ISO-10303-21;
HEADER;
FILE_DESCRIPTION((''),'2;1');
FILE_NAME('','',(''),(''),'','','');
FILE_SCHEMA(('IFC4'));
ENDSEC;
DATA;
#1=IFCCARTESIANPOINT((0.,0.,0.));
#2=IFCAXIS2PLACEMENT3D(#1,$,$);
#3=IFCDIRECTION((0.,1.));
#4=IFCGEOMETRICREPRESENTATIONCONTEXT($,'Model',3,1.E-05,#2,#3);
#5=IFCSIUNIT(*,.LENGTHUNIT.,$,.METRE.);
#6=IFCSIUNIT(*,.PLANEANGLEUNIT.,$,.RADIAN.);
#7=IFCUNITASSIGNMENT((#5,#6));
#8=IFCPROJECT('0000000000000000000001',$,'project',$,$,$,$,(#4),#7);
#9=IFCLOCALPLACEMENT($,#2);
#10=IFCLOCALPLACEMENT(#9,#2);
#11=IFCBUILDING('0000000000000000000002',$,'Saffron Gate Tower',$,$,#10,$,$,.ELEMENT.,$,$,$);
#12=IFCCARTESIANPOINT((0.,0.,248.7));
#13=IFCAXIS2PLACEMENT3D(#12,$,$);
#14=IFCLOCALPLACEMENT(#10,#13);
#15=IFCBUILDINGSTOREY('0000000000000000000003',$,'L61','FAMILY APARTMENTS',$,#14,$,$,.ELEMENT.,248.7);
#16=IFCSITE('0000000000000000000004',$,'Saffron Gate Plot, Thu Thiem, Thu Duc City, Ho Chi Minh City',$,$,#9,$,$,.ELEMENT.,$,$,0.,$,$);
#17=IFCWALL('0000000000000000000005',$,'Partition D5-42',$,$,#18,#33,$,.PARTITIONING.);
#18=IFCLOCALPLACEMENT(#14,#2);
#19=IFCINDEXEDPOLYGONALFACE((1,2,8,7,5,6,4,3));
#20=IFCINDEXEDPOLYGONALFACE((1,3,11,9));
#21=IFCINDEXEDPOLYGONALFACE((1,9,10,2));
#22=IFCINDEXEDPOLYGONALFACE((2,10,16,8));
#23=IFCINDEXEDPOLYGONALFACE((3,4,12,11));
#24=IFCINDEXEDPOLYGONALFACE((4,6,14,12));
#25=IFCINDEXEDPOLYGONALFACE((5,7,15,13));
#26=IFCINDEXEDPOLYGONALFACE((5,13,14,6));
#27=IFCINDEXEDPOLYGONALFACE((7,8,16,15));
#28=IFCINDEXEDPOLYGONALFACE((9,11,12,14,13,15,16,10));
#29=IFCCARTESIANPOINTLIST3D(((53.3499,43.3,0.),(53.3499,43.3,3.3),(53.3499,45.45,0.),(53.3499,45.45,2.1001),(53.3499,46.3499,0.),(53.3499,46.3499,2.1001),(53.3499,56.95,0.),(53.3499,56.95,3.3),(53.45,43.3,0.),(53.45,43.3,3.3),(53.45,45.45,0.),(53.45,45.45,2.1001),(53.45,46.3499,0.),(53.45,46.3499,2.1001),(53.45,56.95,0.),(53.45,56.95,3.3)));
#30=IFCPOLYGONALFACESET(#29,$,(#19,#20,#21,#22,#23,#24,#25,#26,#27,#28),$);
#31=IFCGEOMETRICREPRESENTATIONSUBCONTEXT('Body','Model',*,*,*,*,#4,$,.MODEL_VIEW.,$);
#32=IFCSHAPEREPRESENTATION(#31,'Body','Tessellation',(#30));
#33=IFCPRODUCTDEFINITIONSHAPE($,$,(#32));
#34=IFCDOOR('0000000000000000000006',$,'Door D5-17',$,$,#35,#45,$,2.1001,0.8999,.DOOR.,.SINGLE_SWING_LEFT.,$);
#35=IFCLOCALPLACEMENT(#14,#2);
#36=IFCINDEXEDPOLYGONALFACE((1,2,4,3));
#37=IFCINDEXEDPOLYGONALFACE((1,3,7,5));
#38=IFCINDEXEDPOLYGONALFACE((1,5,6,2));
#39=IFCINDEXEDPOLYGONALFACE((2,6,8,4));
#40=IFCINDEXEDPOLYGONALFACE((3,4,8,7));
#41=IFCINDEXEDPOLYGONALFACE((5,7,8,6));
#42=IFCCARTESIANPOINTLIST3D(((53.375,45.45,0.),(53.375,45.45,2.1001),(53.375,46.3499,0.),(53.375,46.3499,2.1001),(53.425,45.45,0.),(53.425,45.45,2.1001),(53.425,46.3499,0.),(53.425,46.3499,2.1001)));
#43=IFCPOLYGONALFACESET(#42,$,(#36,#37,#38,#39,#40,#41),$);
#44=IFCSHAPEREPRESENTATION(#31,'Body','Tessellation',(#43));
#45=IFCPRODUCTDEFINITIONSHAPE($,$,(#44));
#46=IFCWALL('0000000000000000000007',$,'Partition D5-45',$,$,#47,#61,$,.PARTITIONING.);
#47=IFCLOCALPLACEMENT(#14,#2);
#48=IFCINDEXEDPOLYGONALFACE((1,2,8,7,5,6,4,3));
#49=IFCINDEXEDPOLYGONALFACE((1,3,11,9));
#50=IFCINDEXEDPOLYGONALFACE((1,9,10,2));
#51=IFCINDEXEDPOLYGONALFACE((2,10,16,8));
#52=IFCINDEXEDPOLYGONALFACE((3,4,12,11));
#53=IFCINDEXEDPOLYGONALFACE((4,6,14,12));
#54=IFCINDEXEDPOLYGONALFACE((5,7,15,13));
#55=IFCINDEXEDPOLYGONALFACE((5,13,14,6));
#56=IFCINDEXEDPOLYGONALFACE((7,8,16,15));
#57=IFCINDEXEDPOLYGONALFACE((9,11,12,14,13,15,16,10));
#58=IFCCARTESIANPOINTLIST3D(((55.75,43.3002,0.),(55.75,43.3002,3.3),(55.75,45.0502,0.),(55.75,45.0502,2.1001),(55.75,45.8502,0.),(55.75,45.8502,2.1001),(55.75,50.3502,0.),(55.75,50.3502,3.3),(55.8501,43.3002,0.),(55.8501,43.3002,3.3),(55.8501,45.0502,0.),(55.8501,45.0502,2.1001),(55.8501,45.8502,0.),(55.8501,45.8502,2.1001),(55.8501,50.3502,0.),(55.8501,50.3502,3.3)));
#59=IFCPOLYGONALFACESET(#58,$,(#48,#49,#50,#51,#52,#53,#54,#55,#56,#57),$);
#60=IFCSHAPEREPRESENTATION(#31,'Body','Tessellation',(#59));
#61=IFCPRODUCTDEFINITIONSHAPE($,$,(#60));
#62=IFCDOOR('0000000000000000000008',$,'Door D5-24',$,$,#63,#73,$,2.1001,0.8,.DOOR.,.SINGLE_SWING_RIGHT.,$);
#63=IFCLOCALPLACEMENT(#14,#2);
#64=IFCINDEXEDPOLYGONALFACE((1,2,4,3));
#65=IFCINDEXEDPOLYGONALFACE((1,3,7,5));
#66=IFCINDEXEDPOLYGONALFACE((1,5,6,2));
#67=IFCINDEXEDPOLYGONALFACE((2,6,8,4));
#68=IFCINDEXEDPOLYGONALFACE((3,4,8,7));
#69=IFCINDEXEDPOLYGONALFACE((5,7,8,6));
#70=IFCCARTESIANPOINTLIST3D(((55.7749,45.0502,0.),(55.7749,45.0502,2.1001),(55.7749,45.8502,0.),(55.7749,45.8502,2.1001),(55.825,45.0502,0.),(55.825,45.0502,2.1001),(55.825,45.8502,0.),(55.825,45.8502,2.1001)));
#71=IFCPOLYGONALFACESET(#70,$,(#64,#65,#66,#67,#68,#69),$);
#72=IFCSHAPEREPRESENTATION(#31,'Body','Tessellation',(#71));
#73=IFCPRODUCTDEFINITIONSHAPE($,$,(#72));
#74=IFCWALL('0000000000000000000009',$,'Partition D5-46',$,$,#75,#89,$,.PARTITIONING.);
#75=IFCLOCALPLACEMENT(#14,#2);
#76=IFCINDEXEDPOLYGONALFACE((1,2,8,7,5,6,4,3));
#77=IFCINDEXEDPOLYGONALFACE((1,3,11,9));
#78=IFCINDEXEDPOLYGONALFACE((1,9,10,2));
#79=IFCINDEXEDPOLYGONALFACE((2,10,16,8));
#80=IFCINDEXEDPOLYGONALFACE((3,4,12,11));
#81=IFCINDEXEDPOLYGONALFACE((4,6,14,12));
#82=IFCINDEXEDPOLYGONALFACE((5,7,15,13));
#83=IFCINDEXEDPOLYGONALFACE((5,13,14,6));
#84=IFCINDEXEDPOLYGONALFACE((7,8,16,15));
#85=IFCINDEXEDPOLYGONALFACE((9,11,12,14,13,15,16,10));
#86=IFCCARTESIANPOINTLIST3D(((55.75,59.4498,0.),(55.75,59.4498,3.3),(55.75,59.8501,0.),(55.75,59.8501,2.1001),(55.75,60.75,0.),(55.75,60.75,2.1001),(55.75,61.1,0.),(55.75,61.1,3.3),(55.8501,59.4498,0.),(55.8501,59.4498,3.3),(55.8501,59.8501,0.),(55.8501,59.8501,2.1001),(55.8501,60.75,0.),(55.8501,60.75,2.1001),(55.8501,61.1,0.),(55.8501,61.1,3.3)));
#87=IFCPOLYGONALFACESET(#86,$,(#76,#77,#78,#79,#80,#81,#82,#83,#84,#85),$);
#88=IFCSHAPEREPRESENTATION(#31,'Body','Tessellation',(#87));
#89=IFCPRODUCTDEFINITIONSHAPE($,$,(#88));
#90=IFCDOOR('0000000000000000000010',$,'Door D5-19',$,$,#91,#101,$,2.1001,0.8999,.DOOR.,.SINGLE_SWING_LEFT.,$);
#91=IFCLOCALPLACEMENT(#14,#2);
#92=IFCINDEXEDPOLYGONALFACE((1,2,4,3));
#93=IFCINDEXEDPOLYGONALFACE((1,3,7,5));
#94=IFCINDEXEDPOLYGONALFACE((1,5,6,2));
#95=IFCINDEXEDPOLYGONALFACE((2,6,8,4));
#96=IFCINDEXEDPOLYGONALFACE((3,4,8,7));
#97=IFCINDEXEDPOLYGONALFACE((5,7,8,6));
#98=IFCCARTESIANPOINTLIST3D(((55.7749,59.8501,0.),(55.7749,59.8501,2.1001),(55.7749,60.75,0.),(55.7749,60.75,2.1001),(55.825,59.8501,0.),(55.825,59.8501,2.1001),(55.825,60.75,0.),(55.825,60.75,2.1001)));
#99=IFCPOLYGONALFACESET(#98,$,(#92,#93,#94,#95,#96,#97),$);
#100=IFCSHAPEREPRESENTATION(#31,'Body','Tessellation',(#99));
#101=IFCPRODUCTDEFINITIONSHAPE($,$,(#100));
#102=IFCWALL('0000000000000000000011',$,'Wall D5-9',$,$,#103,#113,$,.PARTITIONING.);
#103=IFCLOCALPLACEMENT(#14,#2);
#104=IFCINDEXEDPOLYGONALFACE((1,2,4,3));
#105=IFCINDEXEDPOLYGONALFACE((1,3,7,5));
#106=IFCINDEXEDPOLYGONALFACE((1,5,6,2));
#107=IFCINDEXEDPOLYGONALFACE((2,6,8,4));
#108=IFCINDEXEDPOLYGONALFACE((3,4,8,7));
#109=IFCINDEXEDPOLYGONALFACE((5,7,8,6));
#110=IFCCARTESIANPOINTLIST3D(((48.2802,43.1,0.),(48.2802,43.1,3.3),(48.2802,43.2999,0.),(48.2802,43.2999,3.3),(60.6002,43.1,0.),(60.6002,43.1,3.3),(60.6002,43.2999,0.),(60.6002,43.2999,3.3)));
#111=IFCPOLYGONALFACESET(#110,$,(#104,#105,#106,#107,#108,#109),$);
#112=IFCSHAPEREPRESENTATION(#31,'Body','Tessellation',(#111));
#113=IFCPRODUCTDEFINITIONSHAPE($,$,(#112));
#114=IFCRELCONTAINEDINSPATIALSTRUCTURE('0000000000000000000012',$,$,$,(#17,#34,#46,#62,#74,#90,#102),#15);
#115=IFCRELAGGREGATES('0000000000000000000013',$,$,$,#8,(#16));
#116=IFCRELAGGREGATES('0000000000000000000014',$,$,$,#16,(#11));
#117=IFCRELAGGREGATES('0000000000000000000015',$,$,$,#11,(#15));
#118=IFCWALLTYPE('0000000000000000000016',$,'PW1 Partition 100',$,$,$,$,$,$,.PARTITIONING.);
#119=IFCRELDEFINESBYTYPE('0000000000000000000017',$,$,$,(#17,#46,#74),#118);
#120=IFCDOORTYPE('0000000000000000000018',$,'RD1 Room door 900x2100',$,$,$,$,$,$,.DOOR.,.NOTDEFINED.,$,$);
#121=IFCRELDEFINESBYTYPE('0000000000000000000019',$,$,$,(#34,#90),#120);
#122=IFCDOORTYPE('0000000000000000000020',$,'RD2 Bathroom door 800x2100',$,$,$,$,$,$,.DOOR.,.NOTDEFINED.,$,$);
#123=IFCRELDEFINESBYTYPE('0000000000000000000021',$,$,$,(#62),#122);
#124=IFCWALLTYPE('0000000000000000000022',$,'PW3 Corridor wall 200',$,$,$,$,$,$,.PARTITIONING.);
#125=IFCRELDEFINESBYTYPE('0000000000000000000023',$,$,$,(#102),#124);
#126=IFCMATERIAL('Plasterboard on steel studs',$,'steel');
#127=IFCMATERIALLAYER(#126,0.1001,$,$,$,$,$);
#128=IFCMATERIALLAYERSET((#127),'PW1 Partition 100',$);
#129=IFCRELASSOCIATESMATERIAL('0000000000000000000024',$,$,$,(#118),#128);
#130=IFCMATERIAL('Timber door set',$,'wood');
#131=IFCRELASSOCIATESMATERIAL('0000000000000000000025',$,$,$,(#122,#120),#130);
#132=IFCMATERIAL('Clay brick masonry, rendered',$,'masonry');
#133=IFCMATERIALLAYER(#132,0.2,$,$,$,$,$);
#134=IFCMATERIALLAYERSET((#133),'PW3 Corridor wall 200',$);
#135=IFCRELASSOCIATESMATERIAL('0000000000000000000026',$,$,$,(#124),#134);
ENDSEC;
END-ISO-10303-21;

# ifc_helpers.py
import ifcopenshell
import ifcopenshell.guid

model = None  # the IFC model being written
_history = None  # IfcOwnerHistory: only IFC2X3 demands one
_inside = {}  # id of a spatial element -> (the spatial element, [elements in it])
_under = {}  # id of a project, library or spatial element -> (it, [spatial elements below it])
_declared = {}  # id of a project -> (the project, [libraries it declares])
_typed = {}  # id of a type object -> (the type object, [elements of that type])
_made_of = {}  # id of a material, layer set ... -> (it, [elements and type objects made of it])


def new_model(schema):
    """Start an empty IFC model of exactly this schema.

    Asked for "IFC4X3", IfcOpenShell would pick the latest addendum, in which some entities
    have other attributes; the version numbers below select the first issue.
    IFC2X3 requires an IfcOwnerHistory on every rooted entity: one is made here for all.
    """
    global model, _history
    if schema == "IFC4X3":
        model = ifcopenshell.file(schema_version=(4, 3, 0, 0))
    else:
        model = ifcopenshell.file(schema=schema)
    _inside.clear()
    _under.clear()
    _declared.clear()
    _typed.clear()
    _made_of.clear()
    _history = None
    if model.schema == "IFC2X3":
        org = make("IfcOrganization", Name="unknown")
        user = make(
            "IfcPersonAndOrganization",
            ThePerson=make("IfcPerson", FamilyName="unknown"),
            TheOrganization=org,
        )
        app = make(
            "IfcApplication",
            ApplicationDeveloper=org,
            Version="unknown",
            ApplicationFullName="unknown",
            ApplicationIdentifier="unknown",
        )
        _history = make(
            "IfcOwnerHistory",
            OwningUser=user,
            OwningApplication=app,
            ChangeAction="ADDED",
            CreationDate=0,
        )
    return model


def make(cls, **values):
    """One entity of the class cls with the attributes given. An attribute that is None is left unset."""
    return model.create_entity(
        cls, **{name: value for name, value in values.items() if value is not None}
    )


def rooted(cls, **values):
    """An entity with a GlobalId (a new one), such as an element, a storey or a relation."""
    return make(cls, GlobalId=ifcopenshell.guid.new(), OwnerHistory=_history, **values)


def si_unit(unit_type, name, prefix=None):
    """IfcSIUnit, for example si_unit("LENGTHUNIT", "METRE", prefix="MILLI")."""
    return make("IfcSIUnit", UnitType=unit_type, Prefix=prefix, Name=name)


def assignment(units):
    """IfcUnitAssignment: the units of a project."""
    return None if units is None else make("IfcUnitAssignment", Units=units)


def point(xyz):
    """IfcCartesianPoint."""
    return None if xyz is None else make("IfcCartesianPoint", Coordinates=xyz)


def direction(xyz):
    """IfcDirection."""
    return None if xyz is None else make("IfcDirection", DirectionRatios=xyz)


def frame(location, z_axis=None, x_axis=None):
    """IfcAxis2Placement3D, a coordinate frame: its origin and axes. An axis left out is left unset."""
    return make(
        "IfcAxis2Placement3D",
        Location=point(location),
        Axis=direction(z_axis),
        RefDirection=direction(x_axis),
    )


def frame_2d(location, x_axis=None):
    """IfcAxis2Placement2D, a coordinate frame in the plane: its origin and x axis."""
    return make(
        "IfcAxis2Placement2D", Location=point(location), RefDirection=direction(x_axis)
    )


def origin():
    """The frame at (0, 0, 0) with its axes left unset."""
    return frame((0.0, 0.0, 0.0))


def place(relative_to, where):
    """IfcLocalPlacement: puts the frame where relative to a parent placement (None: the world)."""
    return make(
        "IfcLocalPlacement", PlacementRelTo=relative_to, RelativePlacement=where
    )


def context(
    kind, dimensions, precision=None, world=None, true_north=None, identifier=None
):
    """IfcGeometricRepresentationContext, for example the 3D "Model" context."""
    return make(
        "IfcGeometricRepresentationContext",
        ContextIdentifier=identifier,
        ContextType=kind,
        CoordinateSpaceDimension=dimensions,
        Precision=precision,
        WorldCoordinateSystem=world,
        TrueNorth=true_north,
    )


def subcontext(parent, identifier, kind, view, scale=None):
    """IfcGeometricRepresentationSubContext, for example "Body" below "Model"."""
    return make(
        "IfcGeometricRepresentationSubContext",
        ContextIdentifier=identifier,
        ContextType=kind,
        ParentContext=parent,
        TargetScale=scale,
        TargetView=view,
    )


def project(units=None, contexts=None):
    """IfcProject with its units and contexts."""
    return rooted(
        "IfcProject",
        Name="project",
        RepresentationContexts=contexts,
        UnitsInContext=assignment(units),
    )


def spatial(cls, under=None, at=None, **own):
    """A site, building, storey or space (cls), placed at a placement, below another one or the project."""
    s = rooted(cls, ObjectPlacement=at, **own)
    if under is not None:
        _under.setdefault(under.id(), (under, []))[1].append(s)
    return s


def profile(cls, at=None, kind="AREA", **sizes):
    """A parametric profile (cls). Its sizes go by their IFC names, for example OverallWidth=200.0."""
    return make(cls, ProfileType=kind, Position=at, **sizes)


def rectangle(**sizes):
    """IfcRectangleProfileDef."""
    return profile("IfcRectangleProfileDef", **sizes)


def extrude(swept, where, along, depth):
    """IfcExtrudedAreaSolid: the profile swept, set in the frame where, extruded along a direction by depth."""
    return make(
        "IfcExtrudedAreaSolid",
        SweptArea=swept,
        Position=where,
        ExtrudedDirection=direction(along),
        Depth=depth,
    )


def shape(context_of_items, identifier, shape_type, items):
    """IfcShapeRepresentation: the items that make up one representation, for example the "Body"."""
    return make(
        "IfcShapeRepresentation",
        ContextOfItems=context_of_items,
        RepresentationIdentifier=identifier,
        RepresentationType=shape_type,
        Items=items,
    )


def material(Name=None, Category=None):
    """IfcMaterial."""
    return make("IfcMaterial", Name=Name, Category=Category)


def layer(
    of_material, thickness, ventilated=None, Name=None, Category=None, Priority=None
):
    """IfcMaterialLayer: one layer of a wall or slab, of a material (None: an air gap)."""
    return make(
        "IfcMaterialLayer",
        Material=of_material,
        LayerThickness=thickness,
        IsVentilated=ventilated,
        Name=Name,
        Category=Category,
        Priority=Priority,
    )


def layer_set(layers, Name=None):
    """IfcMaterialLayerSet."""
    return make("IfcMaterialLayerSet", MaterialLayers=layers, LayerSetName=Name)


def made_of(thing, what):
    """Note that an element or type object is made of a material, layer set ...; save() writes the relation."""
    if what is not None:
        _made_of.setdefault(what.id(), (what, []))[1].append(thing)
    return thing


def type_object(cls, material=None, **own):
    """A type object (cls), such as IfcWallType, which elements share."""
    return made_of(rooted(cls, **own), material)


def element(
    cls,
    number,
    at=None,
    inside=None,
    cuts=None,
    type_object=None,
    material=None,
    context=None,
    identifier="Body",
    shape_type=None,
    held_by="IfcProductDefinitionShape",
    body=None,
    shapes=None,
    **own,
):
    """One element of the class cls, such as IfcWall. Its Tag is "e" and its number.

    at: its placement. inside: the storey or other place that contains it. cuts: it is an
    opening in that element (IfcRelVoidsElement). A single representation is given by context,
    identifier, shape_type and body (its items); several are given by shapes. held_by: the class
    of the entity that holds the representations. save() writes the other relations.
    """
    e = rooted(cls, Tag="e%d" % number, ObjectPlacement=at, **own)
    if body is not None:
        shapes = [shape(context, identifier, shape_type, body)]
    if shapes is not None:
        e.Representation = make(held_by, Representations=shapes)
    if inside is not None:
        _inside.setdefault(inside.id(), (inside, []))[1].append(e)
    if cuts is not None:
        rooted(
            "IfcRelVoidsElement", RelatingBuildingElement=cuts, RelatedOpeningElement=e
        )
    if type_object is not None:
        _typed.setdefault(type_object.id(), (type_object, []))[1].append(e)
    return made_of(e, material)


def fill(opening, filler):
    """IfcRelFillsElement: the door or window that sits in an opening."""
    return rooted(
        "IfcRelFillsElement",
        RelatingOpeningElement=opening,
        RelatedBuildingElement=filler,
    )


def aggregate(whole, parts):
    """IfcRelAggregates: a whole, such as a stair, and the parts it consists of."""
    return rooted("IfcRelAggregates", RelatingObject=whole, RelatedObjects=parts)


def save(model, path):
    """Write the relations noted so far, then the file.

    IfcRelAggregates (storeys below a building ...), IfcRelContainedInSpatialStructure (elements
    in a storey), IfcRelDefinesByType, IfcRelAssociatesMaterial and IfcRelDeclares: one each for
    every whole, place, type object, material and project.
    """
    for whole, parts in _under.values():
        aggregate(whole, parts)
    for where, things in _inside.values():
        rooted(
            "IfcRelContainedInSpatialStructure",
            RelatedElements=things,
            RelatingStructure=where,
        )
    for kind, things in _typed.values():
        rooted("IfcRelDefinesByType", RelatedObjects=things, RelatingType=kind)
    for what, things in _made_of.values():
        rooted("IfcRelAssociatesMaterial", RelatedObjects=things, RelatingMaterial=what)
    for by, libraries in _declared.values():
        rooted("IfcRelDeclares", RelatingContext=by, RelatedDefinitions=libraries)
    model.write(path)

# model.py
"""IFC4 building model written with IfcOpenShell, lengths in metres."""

from ifc_helpers import new_model, si_unit, direction, frame, frame_2d, origin, place, context, subcontext, project, spatial, rectangle, extrude, material, layer, layer_set, type_object, element, fill, save


model = new_model("IFC4")

# Units and contexts
model_context = context("Model", 3, precision=1e-05, world=origin(), true_north=direction((0.0, 1.0)))
body_context = subcontext(model_context, "Body", "Model", "MODEL_VIEW")
ifc_project = project(units=[si_unit("LENGTHUNIT", "METRE"), si_unit("PLANEANGLEUNIT", "RADIAN")], contexts=[model_context])

# Site, building, storey
site_placement = place(None, origin())
site = spatial("IfcSite", under=ifc_project, at=site_placement, Name="Saffron Gate Plot, Thu Thiem, Thu Duc City, Ho Chi Minh City", CompositionType="ELEMENT", RefElevation=0.0)
building_placement = place(site_placement, origin())
building = spatial("IfcBuilding", under=site, at=building_placement, Name="Saffron Gate Tower", CompositionType="ELEMENT")
storey_placement = place(building_placement, frame((0.0, 0.0, 248.7)))
storey = spatial("IfcBuildingStorey", under=building, at=storey_placement, Name="L61", Description="FAMILY APARTMENTS", CompositionType="ELEMENT", Elevation=248.7)

# Shared definitions
ifc_material_1 = material(Name="Plasterboard on steel studs", Category="steel")
ifc_layer_1 = layer(ifc_material_1, 0.1001)
ifc_layer_set_1 = layer_set([ifc_layer_1], Name="PW1 Partition 100")
wall_type_1 = type_object("IfcWallType", Name="PW1 Partition 100", PredefinedType="PARTITIONING", material=ifc_layer_set_1)

# Shared definitions
ifc_material_2 = material(Name="Timber door set", Category="wood")
door_type_1 = type_object("IfcDoorType", Name="RD2 Bathroom door 800x2100", OperationType="NOTDEFINED", PredefinedType="DOOR", material=ifc_material_2)
door_type_2 = type_object("IfcDoorType", Name="RD1 Room door 900x2100", OperationType="NOTDEFINED", PredefinedType="DOOR", material=ifc_material_2)

# Walls, openings, doors
wall_1_placement = place(storey_placement, frame((53.3999, 43.3, 0.0), z_axis=(0.0, 0.0, 1.0), x_axis=(0.0, 1.0, 0.0)))
wall_1 = element("IfcWall", 1, at=wall_1_placement, inside=storey, type_object=wall_type_1, Name="Partition D5-42", PredefinedType="PARTITIONING", context=body_context, shape_type="SweptSolid", body=[
    extrude(rectangle(XDim=13.6499, YDim=0.1001, at=frame_2d((6.825, 0.0))), origin(), (0.0, 0.0, 1.0), 3.3),
])
opening_1_placement = place(wall_1_placement, frame((2.1499, 0.0, 0.0)))
opening_1 = element("IfcOpeningElement", 2, at=opening_1_placement, cuts=wall_1, PredefinedType="OPENING", context=body_context, shape_type="SweptSolid", body=[
    extrude(rectangle(XDim=0.8999, YDim=2.1001, at=frame_2d((0.45, 1.05))), frame((0.0, 0.0601, 0.0), z_axis=(0.0, -1.0, 0.0), x_axis=(1.0, 0.0, 0.0)), (0.0, 0.0, 1.0), 0.1201),
])
door_1_placement = place(opening_1_placement, origin())
door_1 = element("IfcDoor", 3, at=door_1_placement, inside=storey, type_object=door_type_2, Name="Door D5-17", OperationType="SINGLE_SWING_LEFT", OverallHeight=2.1001, OverallWidth=0.8999, PredefinedType="DOOR", context=body_context, shape_type="SweptSolid", body=[
    extrude(rectangle(XDim=0.8999, YDim=2.1001, at=frame_2d((0.45, 1.05))), frame((0.0, 0.0249, 0.0), z_axis=(0.0, -1.0, 0.0), x_axis=(1.0, 0.0, 0.0)), (0.0, 0.0, 1.0), 0.05),
])
fill(opening_1, door_1)
wall_2_placement = place(storey_placement, frame((55.8, 50.3501, 0.0), z_axis=(0.0, 0.0, 1.0), x_axis=(0.0, -1.0, 0.0)))
wall_2 = element("IfcWall", 4, at=wall_2_placement, inside=storey, type_object=wall_type_1, Name="Partition D5-45", PredefinedType="PARTITIONING", context=body_context, shape_type="SweptSolid", body=[
    extrude(rectangle(XDim=7.05, YDim=0.1001, at=frame_2d((3.5249, 0.0))), origin(), (0.0, 0.0, 1.0), 3.3),
])
opening_2_placement = place(wall_2_placement, frame((4.5, 0.0, 0.0)))
opening_2 = element("IfcOpeningElement", 5, at=opening_2_placement, cuts=wall_2, PredefinedType="OPENING", context=body_context, shape_type="SweptSolid", body=[
    extrude(rectangle(XDim=0.8, YDim=2.1001, at=frame_2d((0.3999, 1.05))), frame((0.0, 0.0601, 0.0), z_axis=(0.0, -1.0, 0.0), x_axis=(1.0, 0.0, 0.0)), (0.0, 0.0, 1.0), 0.1201),
])
door_2_placement = place(opening_2_placement, origin())
door_2 = element("IfcDoor", 6, at=door_2_placement, inside=storey, type_object=door_type_1, Name="Door D5-24", OperationType="SINGLE_SWING_RIGHT", OverallHeight=2.1001, OverallWidth=0.8, PredefinedType="DOOR", context=body_context, shape_type="SweptSolid", body=[
    extrude(rectangle(XDim=0.8, YDim=2.1001, at=frame_2d((0.3999, 1.05))), frame((0.0, 0.0249, 0.0), z_axis=(0.0, -1.0, 0.0), x_axis=(1.0, 0.0, 0.0)), (0.0, 0.0, 1.0), 0.05),
])
fill(opening_2, door_2)
wall_3_placement = place(storey_placement, frame((55.8, 61.1001, 0.0), z_axis=(0.0, 0.0, 1.0), x_axis=(0.0, -1.0, 0.0)))
wall_3 = element("IfcWall", 7, at=wall_3_placement, inside=storey, type_object=wall_type_1, Name="Partition D5-46", PredefinedType="PARTITIONING", context=body_context, shape_type="SweptSolid", body=[
    extrude(rectangle(XDim=1.6501, YDim=0.1001, at=frame_2d((0.8252, 0.0))), origin(), (0.0, 0.0, 1.0), 3.3),
])
opening_3_placement = place(wall_3_placement, frame((0.3501, 0.0, 0.0)))
opening_3 = element("IfcOpeningElement", 8, at=opening_3_placement, cuts=wall_3, PredefinedType="OPENING", context=body_context, shape_type="SweptSolid", body=[
    extrude(rectangle(XDim=0.8999, YDim=2.1001, at=frame_2d((0.45, 1.05))), frame((0.0, 0.0601, 0.0), z_axis=(0.0, -1.0, 0.0), x_axis=(1.0, 0.0, 0.0)), (0.0, 0.0, 1.0), 0.1201),
])
door_3_placement = place(opening_3_placement, origin())
door_3 = element("IfcDoor", 9, at=door_3_placement, inside=storey, type_object=door_type_2, Name="Door D5-19", OperationType="SINGLE_SWING_LEFT", OverallHeight=2.1001, OverallWidth=0.8999, PredefinedType="DOOR", context=body_context, shape_type="SweptSolid", body=[
    extrude(rectangle(XDim=0.8999, YDim=2.1001, at=frame_2d((0.45, 1.05))), frame((0.0, 0.0249, 0.0), z_axis=(0.0, -1.0, 0.0), x_axis=(1.0, 0.0, 0.0)), (0.0, 0.0, 1.0), 0.05),
])
fill(opening_3, door_3)

# Wall
ifc_material_3 = material(Name="Clay brick masonry, rendered", Category="masonry")
ifc_layer_2 = layer(ifc_material_3, 0.2)
ifc_layer_set_2 = layer_set([ifc_layer_2], Name="PW3 Corridor wall 200")
wall_type_2 = type_object("IfcWallType", Name="PW3 Corridor wall 200", PredefinedType="PARTITIONING", material=ifc_layer_set_2)
wall_4_placement = place(storey_placement, frame((48.28, 43.2, 0.0), z_axis=(0.0, 0.0, 1.0), x_axis=(1.0, 0.0, 0.0)))
element("IfcWall", 10, at=wall_4_placement, inside=storey, type_object=wall_type_2, Name="Wall D5-9", PredefinedType="PARTITIONING", context=body_context, shape_type="SweptSolid", body=[
    extrude(rectangle(XDim=12.3201, YDim=0.2, at=frame_2d((6.1602, 0.0))), origin(), (0.0, 0.0, 1.0), 3.3),
])

save(model, "model.ifc")
